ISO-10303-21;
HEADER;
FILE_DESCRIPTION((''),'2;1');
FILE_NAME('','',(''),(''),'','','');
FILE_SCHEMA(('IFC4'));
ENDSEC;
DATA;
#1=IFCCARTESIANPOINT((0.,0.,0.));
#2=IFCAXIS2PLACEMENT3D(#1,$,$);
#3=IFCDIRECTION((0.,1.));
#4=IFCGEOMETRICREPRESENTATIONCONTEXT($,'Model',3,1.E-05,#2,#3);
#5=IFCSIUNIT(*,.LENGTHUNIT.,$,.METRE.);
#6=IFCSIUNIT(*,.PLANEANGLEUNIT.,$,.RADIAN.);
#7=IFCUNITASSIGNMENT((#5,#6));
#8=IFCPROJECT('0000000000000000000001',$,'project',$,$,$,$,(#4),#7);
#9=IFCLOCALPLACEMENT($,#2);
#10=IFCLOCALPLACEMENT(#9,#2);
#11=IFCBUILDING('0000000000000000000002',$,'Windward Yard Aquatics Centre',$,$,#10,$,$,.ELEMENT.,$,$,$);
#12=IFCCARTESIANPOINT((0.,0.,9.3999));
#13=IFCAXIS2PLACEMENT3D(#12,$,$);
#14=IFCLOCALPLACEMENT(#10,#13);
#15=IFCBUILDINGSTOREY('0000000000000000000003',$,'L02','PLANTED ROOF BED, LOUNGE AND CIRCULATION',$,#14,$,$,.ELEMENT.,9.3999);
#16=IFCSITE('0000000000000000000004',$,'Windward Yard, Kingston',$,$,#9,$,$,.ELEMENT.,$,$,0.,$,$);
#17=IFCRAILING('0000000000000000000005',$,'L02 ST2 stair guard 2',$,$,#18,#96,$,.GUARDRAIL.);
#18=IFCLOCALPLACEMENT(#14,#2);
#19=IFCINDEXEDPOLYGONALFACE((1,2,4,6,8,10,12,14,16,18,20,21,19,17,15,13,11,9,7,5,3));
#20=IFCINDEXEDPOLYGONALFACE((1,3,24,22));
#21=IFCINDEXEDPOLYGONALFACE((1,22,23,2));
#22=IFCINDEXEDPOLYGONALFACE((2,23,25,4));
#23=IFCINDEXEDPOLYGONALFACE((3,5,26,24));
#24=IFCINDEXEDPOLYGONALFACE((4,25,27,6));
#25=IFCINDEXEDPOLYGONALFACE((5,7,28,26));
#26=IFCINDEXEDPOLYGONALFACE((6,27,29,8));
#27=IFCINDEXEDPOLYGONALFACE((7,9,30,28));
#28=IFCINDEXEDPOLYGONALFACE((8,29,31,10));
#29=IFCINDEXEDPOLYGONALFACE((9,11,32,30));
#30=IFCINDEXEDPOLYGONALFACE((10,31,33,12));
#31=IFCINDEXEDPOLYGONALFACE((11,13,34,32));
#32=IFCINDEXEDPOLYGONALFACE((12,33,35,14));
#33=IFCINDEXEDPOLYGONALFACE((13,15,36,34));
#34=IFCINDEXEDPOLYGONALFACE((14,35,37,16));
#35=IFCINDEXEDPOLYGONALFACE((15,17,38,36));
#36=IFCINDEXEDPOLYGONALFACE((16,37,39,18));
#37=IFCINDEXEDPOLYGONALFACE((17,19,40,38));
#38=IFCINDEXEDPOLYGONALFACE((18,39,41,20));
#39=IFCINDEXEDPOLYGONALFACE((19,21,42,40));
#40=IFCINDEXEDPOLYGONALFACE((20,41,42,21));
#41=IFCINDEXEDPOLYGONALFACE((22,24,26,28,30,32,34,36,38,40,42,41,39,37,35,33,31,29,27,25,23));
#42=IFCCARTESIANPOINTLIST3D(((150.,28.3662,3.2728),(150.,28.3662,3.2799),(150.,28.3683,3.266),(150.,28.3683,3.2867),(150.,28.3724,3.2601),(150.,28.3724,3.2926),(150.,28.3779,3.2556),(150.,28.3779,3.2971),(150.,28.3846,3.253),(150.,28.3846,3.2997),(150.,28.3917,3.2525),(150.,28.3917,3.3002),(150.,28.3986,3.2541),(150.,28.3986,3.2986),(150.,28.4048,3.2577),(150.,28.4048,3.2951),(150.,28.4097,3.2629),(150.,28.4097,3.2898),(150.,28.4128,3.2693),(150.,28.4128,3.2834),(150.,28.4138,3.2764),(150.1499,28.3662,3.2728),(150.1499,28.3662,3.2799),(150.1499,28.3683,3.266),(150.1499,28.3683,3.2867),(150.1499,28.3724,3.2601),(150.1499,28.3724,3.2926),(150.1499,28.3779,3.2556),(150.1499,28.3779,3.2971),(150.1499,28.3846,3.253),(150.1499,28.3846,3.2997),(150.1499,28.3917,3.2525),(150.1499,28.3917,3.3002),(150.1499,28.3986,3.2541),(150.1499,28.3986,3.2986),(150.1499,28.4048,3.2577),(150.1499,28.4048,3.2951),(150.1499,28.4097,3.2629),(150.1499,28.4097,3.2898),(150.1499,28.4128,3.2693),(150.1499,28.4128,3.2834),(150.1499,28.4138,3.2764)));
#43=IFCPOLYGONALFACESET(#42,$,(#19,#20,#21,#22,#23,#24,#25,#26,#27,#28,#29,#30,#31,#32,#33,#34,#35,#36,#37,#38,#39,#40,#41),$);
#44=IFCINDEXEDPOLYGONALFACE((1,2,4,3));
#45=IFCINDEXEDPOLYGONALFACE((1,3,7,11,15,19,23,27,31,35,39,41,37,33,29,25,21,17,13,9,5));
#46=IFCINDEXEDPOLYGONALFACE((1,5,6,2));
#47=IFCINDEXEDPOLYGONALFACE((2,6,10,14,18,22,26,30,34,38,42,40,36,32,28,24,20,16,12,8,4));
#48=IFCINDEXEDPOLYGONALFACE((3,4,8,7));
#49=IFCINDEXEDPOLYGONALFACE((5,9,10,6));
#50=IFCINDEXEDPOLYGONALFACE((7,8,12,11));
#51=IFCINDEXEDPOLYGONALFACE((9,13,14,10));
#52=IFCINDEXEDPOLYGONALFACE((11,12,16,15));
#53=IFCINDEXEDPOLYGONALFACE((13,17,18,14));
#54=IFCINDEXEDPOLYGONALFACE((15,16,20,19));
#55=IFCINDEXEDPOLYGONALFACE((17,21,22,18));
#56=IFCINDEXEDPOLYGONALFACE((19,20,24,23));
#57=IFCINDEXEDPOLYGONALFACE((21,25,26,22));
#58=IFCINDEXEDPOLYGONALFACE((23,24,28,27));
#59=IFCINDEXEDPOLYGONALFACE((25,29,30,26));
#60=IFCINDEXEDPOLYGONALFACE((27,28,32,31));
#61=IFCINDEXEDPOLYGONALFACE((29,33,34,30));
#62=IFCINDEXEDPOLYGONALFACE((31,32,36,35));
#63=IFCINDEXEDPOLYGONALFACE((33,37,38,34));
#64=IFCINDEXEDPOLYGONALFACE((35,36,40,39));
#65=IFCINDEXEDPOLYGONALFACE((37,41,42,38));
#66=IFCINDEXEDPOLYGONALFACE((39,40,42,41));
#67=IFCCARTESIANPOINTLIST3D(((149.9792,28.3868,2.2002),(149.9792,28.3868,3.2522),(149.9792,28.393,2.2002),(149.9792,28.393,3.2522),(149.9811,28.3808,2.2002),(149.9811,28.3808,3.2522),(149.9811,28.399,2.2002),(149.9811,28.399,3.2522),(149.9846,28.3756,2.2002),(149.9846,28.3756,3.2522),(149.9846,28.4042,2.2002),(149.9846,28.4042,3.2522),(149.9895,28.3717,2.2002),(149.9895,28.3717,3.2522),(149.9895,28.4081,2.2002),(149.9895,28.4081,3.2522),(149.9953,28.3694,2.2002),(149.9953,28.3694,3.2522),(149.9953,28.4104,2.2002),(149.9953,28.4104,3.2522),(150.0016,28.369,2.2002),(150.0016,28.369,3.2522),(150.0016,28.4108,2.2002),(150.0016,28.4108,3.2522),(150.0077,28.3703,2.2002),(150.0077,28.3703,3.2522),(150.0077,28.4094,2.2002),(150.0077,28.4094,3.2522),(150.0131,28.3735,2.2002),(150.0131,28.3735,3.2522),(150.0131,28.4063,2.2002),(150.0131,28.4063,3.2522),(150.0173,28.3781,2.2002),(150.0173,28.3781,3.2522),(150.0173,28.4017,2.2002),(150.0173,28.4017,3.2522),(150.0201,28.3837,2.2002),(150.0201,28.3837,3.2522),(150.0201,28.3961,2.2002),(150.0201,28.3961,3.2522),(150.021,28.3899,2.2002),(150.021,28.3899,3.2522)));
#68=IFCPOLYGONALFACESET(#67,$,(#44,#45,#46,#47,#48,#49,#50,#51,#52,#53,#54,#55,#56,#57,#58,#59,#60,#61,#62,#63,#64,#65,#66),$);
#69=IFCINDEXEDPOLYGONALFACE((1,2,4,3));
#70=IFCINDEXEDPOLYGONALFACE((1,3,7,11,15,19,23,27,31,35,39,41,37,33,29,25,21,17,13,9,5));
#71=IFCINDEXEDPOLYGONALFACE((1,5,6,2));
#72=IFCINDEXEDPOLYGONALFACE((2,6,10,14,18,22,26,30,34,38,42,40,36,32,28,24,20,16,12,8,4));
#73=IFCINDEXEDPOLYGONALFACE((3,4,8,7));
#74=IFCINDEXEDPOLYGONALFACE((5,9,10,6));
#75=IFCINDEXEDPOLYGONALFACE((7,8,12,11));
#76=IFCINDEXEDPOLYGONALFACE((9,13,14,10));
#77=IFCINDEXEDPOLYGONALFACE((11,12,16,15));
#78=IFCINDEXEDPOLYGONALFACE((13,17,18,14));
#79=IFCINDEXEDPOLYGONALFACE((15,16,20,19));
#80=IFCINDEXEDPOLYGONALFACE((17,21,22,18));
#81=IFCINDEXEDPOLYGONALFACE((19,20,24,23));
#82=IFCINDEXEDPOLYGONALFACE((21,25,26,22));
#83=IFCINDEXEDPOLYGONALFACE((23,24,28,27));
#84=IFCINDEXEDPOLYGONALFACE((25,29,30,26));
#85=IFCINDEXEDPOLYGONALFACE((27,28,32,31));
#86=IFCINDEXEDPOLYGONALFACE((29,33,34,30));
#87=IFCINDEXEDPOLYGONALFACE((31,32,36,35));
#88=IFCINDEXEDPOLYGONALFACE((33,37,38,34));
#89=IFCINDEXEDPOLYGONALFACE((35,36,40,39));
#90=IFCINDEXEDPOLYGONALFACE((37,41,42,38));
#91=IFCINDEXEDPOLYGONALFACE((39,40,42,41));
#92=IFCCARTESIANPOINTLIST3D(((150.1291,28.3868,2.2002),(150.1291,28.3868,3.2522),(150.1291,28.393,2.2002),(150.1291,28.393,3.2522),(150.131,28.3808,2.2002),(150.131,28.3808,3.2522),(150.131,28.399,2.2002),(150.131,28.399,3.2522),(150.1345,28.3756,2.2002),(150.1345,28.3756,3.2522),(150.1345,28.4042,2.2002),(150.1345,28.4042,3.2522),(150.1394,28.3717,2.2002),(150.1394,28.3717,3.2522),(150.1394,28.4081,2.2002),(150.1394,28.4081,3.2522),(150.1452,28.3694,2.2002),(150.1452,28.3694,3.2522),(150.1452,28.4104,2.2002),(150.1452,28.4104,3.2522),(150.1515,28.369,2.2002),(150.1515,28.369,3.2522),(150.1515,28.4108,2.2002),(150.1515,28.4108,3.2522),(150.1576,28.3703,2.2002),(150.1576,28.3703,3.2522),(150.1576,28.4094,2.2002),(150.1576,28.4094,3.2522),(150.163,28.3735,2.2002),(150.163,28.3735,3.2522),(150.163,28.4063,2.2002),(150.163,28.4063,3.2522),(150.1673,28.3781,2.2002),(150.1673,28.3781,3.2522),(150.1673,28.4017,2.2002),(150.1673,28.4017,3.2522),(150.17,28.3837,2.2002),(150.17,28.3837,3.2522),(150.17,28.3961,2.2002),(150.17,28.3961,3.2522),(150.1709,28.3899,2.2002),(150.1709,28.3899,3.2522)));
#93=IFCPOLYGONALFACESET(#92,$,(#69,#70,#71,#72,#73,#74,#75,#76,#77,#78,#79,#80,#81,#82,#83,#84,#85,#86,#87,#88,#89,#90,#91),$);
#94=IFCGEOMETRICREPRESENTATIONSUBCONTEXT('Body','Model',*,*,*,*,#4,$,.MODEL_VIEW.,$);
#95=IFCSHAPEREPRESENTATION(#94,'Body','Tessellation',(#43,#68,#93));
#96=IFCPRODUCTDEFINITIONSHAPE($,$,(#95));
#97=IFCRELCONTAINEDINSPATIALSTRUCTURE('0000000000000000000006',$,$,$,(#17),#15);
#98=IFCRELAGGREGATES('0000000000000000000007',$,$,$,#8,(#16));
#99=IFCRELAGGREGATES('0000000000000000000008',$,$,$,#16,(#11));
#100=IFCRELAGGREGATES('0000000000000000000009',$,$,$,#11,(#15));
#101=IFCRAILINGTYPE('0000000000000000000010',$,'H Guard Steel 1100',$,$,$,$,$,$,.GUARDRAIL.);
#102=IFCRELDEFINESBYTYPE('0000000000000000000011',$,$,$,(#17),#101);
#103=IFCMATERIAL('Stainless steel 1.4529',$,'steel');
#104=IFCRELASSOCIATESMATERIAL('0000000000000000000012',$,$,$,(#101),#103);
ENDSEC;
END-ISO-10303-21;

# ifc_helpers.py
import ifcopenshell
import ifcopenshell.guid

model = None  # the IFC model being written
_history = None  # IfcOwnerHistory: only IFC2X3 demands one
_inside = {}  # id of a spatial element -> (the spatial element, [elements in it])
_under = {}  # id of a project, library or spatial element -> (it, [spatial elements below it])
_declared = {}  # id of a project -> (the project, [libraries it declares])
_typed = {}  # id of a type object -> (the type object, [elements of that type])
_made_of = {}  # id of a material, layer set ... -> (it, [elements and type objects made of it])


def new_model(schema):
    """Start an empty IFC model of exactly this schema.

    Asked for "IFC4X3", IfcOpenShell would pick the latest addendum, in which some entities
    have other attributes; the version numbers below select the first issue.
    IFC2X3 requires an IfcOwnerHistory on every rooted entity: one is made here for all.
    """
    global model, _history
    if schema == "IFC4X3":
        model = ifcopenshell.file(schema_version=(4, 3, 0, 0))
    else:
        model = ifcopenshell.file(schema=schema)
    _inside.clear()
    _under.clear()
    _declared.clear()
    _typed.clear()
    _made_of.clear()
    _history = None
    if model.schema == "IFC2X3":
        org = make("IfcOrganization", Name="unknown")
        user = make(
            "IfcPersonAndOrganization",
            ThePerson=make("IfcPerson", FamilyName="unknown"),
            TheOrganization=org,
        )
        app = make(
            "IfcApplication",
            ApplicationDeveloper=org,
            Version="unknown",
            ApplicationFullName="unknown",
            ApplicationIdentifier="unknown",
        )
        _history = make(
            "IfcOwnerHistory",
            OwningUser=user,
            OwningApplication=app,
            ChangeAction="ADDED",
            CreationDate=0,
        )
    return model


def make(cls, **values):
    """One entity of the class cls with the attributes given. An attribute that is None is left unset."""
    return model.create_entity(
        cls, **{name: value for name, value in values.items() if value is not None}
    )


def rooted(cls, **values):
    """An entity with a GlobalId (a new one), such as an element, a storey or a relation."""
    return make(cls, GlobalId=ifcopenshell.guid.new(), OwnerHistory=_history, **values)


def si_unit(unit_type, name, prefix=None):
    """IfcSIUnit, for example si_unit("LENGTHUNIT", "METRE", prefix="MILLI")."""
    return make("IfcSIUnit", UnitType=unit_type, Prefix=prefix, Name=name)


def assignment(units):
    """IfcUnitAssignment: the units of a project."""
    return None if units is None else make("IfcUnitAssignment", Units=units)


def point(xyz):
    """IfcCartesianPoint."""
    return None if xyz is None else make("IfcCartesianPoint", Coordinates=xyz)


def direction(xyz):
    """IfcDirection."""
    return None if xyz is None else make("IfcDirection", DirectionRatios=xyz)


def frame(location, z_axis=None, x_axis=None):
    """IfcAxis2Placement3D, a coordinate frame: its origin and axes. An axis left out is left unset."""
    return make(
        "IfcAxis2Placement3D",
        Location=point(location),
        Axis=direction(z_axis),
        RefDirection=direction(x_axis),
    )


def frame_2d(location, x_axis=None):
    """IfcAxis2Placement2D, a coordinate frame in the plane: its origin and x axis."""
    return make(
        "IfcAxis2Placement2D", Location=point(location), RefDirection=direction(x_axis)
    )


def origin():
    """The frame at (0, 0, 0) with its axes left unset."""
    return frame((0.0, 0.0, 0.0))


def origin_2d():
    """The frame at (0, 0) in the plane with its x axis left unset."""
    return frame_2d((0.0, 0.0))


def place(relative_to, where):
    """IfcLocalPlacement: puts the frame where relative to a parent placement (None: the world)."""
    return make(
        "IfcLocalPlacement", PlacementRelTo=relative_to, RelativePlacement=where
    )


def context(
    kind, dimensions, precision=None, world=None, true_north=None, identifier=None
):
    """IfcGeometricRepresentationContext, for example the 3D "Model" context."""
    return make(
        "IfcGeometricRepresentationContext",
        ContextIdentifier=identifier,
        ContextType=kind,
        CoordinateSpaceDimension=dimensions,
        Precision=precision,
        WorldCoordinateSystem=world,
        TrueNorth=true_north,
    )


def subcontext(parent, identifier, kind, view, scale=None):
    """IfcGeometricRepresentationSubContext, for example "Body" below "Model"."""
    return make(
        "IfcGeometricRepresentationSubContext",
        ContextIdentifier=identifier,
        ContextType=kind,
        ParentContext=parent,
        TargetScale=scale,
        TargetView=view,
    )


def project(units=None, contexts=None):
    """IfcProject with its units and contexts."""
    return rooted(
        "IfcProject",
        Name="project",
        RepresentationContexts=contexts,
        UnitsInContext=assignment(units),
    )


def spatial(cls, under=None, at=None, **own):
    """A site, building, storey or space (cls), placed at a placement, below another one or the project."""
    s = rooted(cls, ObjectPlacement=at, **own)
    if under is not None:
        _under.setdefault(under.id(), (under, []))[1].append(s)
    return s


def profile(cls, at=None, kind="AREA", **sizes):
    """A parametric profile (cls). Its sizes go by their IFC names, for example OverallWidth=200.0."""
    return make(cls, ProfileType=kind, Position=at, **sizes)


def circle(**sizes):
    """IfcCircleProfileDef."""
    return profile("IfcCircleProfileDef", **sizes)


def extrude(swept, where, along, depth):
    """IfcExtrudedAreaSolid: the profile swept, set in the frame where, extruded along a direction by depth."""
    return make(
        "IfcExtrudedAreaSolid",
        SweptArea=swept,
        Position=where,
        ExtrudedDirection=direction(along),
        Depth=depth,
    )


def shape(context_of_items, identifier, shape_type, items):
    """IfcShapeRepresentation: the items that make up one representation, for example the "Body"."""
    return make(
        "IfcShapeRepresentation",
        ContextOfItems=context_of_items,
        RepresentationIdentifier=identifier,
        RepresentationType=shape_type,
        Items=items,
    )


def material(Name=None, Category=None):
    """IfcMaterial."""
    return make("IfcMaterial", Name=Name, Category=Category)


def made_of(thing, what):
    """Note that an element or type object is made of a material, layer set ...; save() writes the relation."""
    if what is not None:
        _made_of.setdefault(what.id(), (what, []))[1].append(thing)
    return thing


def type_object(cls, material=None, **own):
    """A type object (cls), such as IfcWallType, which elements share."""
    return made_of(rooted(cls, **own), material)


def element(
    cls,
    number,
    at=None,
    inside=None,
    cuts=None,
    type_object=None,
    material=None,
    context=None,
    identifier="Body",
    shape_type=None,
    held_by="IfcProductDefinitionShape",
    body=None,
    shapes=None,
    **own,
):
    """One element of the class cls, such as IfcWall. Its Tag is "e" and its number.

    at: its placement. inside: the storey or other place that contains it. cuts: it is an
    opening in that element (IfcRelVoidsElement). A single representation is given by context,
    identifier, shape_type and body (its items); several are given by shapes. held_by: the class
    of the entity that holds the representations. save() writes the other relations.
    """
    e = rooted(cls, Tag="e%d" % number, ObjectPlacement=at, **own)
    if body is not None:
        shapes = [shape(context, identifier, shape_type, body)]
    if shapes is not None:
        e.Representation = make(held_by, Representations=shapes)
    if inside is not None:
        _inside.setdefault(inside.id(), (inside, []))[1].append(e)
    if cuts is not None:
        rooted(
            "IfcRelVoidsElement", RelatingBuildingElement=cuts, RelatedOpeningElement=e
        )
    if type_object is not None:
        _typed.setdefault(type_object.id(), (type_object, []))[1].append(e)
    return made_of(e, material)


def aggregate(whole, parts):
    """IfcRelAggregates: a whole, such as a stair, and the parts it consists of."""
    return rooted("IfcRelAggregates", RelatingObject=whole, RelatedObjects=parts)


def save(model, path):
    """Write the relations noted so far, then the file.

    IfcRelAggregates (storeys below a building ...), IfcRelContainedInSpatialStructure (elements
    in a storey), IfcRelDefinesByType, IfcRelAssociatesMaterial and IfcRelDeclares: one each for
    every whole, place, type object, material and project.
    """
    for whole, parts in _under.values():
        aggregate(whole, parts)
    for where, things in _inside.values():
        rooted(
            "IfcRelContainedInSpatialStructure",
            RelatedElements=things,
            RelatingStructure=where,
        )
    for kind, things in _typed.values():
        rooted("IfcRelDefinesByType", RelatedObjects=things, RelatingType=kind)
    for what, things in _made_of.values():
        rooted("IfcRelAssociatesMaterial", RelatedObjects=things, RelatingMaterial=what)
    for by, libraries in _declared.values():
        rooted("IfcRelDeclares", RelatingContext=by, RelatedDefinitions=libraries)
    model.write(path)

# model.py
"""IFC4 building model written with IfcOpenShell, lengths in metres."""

from ifc_helpers import new_model, si_unit, direction, frame, origin, origin_2d, place, context, subcontext, project, spatial, circle, extrude, material, type_object, element, save


model = new_model("IFC4")

# Units and contexts
model_context = context("Model", 3, precision=1e-05, world=origin(), true_north=direction((0.0, 1.0)))
body_context = subcontext(model_context, "Body", "Model", "MODEL_VIEW")
ifc_project = project(units=[si_unit("LENGTHUNIT", "METRE"), si_unit("PLANEANGLEUNIT", "RADIAN")], contexts=[model_context])

# Site, building, storey
site_placement = place(None, origin())
site = spatial("IfcSite", under=ifc_project, at=site_placement, Name="Windward Yard, Kingston", CompositionType="ELEMENT", RefElevation=0.0)
building_placement = place(site_placement, origin())
building = spatial("IfcBuilding", under=site, at=building_placement, Name="Windward Yard Aquatics Centre", CompositionType="ELEMENT")
storey_placement = place(building_placement, frame((0.0, 0.0, 9.3999)))
storey = spatial("IfcBuildingStorey", under=building, at=storey_placement, Name="L02", Description="PLANTED ROOF BED, LOUNGE AND CIRCULATION", CompositionType="ELEMENT", Elevation=9.3999)

# Railing
ifc_material_1 = material(Name="Stainless steel 1.4529", Category="steel")
railing_type_1 = type_object("IfcRailingType", Name="H Guard Steel 1100", PredefinedType="GUARDRAIL", material=ifc_material_1)
railing_1_placement = place(storey_placement, frame((150.0, 28.3899, 2.2002)))
element("IfcRailing", 1, at=railing_1_placement, inside=storey, type_object=railing_type_1, Name="L02 ST2 stair guard 2", PredefinedType="GUARDRAIL", context=body_context, shape_type="SweptSolid", body=[
    extrude(circle(Radius=0.0239, at=origin_2d()), frame((0.0, 0.0, 1.0762), z_axis=(1.0, 0.0, 0.0), x_axis=(0.0, 1.0, 0.0)), (0.0, 0.0, 1.0), 0.1499),
    extrude(circle(Radius=0.021, at=origin_2d()), origin(), (0.0, 0.0, 1.0), 1.052),
    extrude(circle(Radius=0.021, at=origin_2d()), frame((0.1499, 0.0, 0.0)), (0.0, 0.0, 1.0), 1.052),
])

save(model, "model.ifc")
